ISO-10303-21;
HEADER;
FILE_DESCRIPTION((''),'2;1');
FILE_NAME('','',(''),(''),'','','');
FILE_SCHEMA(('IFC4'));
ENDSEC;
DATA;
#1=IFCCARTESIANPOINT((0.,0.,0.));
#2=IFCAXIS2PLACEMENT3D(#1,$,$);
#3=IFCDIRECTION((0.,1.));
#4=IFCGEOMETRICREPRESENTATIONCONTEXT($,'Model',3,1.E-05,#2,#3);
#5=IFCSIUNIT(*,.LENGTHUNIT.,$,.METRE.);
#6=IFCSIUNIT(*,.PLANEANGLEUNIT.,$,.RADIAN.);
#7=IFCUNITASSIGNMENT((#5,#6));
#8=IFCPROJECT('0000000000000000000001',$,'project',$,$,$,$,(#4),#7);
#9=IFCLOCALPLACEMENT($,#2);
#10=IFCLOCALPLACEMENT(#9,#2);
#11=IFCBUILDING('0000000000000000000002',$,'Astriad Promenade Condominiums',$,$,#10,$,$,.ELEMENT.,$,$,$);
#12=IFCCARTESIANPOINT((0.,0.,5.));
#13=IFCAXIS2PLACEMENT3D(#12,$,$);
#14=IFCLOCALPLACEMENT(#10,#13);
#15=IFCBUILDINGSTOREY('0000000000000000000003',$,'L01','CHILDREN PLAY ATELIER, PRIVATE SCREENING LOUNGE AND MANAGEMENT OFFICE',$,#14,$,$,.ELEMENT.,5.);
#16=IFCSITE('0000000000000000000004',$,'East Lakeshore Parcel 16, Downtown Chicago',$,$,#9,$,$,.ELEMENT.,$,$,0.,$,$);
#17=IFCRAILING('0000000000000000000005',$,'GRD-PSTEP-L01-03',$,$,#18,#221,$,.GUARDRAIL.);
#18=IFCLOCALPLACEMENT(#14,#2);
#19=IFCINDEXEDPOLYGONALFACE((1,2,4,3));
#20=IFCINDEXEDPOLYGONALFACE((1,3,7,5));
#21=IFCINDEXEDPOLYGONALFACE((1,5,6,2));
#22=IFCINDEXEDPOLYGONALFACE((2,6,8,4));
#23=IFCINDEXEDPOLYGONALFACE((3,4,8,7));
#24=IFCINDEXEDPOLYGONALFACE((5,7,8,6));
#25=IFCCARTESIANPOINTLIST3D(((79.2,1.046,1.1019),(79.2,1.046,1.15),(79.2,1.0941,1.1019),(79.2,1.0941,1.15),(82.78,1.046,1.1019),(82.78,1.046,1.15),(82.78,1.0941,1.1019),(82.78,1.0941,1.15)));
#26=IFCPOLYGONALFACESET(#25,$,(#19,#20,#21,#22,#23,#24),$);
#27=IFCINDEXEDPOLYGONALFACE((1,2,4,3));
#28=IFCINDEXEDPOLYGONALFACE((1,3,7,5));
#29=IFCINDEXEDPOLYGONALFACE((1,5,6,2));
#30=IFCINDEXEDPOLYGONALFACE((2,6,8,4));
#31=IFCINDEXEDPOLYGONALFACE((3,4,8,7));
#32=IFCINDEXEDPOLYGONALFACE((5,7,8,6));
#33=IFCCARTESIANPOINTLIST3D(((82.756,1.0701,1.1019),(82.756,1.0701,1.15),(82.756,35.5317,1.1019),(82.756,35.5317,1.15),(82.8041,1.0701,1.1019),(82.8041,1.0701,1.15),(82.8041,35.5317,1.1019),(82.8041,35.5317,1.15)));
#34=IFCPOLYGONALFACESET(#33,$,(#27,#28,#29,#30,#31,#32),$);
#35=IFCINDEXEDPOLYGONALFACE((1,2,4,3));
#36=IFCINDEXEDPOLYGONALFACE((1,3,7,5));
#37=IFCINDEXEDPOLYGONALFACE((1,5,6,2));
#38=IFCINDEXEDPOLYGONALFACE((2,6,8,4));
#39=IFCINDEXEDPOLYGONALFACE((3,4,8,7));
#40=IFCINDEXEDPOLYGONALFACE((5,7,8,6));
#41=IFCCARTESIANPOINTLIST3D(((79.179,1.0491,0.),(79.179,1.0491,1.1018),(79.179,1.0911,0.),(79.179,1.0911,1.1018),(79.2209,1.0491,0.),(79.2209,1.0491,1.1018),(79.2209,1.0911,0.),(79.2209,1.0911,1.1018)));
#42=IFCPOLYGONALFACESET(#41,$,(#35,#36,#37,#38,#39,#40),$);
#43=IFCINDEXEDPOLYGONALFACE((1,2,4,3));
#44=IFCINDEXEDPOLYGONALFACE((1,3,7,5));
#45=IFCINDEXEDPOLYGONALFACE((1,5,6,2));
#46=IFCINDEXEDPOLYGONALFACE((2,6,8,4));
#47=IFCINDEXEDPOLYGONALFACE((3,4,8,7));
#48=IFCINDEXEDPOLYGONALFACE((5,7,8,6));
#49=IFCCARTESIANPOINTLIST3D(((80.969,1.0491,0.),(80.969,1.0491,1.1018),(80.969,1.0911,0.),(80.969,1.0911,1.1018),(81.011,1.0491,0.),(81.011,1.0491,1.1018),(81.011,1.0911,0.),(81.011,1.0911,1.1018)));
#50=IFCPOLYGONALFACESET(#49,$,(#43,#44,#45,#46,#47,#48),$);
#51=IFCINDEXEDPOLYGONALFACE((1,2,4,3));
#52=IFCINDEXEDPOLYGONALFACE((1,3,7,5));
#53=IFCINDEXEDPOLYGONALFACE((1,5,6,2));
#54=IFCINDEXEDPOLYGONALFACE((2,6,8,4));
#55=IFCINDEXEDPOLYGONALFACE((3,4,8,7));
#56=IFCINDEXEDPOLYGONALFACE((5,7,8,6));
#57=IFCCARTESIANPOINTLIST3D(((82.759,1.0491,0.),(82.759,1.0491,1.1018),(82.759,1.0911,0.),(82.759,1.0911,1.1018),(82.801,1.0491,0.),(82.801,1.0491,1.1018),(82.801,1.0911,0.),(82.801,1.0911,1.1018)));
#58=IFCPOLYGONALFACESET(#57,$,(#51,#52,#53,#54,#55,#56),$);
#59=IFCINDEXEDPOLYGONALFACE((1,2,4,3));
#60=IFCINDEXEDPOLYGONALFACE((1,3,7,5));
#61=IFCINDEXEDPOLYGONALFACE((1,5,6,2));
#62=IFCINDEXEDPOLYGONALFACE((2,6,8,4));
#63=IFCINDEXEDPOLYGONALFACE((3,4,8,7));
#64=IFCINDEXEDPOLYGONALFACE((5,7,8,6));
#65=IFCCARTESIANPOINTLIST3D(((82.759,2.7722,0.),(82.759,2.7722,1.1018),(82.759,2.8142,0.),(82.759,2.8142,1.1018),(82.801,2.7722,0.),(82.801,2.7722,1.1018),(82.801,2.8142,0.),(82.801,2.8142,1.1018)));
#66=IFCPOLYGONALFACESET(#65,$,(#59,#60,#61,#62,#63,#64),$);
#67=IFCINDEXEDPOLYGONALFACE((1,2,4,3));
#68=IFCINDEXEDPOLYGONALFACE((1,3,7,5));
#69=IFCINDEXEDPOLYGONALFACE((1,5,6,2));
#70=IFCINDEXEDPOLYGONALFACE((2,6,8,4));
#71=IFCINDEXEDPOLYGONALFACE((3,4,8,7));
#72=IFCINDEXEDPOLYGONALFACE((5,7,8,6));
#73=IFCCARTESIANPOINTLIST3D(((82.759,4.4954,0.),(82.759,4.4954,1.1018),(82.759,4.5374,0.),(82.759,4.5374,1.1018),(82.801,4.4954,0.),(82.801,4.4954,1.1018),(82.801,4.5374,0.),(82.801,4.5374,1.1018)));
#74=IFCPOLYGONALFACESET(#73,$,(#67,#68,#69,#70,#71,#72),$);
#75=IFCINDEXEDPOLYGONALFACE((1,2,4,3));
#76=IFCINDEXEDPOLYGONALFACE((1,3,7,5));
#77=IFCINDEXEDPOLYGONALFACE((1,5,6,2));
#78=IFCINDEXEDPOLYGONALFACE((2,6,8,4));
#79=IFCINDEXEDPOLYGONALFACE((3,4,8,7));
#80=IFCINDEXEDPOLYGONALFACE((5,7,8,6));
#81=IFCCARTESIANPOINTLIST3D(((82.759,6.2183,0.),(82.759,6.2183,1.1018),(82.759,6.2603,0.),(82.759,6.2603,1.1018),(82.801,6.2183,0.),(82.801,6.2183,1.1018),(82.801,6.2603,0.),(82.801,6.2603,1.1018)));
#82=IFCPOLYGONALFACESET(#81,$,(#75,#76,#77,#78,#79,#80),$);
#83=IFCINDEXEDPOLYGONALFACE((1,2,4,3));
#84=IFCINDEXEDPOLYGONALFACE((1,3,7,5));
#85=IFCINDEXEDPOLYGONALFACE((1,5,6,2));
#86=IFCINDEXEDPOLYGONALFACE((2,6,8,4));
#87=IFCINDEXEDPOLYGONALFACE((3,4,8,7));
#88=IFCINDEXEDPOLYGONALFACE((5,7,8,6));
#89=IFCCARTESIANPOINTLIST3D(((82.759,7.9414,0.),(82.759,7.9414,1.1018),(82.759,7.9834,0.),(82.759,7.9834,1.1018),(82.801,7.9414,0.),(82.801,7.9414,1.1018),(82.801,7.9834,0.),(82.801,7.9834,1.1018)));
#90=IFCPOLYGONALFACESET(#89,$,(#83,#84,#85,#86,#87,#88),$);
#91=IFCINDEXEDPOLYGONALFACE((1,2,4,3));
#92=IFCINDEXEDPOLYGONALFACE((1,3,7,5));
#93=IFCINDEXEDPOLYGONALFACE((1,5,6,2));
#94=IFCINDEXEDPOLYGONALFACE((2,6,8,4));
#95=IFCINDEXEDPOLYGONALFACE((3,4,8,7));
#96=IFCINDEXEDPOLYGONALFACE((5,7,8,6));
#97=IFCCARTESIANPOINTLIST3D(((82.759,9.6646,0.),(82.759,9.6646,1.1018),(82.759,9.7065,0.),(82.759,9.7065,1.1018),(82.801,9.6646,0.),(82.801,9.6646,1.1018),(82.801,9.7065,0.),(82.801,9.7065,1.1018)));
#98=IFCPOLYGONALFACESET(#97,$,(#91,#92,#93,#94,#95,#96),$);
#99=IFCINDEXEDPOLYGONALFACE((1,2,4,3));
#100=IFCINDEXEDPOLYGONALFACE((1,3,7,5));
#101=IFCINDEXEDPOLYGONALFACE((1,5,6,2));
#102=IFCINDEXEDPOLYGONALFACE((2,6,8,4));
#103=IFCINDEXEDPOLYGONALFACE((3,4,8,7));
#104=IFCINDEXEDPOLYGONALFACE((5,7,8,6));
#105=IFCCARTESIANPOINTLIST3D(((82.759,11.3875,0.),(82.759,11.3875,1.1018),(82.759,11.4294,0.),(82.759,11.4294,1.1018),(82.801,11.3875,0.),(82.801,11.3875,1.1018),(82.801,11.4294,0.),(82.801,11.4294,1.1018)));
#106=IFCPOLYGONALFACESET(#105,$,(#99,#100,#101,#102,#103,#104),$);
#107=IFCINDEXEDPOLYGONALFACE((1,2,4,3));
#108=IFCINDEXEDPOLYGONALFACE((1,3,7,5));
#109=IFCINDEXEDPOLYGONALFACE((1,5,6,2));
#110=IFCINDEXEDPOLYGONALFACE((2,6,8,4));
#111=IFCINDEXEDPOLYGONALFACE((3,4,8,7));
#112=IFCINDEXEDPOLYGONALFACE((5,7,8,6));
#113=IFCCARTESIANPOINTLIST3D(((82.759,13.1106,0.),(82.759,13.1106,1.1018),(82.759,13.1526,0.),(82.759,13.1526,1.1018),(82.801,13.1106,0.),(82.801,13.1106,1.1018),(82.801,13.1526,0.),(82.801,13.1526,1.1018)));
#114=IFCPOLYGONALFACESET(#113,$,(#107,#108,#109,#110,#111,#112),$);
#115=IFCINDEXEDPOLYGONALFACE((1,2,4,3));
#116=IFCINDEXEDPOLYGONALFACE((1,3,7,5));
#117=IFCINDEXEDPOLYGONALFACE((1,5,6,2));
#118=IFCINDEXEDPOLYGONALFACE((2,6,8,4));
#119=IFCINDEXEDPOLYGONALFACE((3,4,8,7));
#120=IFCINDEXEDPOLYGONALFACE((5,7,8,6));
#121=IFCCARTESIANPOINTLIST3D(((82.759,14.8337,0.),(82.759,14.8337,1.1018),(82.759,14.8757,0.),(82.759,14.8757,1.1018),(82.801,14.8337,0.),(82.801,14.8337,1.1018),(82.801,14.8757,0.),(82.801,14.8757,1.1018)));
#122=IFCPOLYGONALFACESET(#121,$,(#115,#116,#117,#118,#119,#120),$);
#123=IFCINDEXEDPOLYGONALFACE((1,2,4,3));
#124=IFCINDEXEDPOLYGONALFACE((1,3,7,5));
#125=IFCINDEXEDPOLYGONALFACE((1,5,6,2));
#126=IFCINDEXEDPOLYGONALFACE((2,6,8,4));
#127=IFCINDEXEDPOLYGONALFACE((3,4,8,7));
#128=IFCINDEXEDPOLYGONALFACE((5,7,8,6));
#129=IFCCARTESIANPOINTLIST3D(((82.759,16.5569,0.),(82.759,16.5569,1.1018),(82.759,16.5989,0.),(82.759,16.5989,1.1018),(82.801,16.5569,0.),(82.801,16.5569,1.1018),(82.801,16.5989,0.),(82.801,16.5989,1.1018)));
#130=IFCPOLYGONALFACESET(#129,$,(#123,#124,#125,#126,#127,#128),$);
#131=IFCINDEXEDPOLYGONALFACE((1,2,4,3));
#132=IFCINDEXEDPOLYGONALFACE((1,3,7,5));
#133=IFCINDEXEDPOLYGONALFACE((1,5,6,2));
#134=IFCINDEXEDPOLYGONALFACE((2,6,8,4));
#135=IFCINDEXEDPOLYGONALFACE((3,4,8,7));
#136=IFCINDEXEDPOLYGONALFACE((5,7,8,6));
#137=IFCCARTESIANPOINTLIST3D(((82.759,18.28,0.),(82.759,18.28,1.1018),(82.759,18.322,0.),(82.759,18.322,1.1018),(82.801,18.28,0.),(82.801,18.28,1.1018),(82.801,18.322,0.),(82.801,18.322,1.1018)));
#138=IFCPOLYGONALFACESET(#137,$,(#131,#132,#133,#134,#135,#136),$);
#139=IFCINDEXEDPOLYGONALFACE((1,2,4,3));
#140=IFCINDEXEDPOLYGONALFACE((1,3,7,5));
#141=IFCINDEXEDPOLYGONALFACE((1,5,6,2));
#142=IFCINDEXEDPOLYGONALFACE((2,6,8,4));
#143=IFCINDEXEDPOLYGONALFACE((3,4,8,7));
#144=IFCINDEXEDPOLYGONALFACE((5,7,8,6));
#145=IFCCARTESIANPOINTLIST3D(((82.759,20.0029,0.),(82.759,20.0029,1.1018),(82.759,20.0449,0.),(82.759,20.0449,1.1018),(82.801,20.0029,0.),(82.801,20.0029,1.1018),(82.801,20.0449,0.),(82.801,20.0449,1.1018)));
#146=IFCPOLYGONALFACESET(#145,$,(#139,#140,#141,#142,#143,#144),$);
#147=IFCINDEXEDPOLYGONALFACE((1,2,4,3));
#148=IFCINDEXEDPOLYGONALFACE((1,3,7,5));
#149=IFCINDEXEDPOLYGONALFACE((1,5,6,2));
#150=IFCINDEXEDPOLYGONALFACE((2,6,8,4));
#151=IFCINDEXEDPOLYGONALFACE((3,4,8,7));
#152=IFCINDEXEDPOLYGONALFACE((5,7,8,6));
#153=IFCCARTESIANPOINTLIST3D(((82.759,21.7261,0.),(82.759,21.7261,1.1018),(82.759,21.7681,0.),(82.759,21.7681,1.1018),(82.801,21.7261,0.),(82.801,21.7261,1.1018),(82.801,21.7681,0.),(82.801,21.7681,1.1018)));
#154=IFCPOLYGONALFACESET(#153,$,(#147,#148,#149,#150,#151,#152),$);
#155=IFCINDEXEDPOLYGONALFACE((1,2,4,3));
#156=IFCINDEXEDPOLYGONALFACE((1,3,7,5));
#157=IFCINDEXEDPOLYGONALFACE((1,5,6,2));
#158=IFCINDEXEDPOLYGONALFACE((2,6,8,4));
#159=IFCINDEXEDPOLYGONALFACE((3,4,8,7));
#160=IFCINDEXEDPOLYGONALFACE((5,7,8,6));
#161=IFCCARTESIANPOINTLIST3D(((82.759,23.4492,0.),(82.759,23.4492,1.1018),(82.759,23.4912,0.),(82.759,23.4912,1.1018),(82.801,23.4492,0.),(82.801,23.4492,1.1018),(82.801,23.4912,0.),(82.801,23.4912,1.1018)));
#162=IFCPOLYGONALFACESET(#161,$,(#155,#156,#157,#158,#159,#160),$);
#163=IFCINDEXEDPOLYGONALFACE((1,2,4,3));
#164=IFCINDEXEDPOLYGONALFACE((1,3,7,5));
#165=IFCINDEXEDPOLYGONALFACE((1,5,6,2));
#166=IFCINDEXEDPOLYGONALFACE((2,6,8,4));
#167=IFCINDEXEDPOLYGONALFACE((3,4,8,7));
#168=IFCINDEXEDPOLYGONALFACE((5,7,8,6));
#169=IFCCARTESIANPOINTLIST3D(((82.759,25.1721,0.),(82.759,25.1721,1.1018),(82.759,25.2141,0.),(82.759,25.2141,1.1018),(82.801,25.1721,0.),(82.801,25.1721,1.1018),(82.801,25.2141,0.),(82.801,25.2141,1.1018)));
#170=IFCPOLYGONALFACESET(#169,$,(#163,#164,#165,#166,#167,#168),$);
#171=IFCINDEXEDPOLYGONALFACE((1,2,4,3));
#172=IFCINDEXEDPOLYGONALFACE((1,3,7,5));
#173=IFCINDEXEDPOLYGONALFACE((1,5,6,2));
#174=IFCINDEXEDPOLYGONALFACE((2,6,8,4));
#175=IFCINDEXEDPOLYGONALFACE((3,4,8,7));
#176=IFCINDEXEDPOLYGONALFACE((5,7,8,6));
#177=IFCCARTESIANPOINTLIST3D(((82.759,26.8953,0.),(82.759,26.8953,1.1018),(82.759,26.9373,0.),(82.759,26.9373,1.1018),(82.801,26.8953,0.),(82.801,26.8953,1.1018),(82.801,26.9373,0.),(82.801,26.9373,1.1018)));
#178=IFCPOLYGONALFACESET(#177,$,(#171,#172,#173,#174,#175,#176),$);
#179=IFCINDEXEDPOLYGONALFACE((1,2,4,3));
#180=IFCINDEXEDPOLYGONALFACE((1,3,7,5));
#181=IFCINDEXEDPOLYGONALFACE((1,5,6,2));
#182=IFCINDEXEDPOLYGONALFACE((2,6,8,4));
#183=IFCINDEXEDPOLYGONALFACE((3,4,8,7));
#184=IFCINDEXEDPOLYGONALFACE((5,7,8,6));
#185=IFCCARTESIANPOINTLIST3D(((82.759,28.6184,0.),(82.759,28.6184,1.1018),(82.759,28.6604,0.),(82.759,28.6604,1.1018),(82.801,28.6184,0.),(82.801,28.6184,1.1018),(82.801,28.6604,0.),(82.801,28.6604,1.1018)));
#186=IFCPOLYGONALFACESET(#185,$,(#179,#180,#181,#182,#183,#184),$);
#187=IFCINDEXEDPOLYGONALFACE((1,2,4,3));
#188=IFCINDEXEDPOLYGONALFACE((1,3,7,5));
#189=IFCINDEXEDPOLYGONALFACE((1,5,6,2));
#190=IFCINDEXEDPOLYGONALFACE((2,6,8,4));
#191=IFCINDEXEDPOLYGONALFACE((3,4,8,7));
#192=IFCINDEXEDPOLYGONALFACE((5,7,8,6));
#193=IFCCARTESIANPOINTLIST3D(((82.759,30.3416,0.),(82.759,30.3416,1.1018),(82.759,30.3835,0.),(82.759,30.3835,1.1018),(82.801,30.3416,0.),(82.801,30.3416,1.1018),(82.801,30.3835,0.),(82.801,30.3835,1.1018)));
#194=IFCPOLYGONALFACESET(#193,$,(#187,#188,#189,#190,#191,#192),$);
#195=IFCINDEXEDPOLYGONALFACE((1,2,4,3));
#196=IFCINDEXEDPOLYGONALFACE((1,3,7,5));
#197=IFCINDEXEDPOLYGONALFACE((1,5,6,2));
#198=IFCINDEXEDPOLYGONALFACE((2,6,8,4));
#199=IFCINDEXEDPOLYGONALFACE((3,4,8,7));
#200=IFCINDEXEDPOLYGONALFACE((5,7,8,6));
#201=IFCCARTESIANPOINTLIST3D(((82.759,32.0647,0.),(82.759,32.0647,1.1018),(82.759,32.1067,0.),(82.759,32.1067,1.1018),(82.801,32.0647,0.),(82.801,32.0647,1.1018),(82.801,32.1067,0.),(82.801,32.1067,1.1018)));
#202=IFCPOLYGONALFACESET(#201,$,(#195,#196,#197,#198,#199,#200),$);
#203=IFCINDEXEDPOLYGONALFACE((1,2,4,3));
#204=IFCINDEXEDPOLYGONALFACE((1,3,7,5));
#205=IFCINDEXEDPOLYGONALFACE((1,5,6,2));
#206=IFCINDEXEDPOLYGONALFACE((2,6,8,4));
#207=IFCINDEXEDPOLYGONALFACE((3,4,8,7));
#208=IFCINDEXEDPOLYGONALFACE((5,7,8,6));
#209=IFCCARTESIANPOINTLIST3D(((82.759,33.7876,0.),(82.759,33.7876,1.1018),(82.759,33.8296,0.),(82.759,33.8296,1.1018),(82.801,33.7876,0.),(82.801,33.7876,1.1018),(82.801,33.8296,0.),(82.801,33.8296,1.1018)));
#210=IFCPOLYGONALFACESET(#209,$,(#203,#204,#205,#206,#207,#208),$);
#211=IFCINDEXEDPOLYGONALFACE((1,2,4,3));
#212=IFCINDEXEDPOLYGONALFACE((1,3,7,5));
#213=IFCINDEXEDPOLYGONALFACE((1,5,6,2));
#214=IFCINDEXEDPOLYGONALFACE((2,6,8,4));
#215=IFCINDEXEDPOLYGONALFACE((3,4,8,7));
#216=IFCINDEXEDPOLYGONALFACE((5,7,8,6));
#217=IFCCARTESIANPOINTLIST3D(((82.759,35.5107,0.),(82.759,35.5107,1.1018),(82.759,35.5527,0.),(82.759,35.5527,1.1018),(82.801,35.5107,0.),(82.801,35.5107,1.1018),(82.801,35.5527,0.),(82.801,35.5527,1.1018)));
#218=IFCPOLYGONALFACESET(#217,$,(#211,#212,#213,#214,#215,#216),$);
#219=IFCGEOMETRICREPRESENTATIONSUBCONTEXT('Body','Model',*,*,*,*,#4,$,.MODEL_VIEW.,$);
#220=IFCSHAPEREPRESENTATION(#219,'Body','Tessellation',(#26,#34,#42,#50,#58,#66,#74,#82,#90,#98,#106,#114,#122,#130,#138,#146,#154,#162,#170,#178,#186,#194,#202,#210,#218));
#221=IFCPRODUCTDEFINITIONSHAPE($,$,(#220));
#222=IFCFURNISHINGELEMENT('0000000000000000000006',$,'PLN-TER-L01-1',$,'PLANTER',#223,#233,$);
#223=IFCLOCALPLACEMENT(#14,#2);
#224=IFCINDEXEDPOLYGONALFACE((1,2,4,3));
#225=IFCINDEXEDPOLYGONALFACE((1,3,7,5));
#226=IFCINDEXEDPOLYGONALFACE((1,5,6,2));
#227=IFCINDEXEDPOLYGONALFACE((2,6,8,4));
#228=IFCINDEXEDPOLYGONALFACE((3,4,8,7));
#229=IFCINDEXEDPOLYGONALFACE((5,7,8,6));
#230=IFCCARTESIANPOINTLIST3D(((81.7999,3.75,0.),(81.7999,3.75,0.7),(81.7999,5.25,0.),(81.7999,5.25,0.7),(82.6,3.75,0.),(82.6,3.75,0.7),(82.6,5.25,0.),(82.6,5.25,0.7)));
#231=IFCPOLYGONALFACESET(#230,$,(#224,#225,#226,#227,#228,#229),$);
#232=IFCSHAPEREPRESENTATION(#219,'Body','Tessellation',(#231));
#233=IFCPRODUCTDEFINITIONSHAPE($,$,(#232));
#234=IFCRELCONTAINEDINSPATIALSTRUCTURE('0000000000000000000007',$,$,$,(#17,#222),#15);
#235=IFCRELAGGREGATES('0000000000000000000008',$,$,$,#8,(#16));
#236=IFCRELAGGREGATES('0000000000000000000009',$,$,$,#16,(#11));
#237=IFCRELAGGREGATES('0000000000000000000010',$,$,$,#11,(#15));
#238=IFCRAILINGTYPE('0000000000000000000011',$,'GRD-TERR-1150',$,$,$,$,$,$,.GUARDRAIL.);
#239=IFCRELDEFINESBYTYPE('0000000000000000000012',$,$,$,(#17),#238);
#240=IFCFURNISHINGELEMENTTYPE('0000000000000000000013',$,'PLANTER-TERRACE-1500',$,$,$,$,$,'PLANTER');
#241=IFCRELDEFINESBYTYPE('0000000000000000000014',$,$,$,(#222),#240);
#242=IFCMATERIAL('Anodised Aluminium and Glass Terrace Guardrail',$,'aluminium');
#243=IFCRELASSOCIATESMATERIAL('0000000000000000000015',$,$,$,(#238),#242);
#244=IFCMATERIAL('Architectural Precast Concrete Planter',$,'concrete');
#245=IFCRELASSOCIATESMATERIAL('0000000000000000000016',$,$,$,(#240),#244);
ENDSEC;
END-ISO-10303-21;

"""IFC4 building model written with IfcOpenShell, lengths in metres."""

from ifc_helpers import new_model, si_unit, direction, frame, origin, origin_2d, place, context, subcontext, project, spatial, rectangle, extrude, source, transform, mapped, material, type_object, type_shapes, element, save


model = new_model("IFC4")

# Units and contexts
model_context = context("Model", 3, precision=1e-05, world=origin(), true_north=direction((0.0, 1.0)))
body_context = subcontext(model_context, "Body", "Model", "MODEL_VIEW")
ifc_project = project(units=[si_unit("LENGTHUNIT", "METRE"), si_unit("PLANEANGLEUNIT", "RADIAN")], contexts=[model_context])

# Site, building, storey
site_placement = place(None, origin())
site = spatial("IfcSite", under=ifc_project, at=site_placement, Name="East Lakeshore Parcel 16, Downtown Chicago", CompositionType="ELEMENT", RefElevation=0.0)
building_placement = place(site_placement, origin())
building = spatial("IfcBuilding", under=site, at=building_placement, Name="Astriad Promenade Condominiums", CompositionType="ELEMENT")
storey_placement = place(building_placement, frame((0.0, 0.0, 5.0)))
storey = spatial("IfcBuildingStorey", under=building, at=storey_placement, Name="L01", Description="CHILDREN PLAY ATELIER, PRIVATE SCREENING LOUNGE AND MANAGEMENT OFFICE", CompositionType="ELEMENT", Elevation=5.0)

# Railing
ifc_material_1 = material(Name="Anodised Aluminium and Glass Terrace Guardrail", Category="aluminium")
railing_type = type_object("IfcRailingType", Name="GRD-TERR-1150", PredefinedType="GUARDRAIL", material=ifc_material_1)
shared_shape_1 = source(origin(), body_context, "Body", "SweptSolid", [
    extrude(rectangle(XDim=0.0481, YDim=0.0481, at=origin_2d()), frame((0.0, 0.0, 1.126), z_axis=(1.0, 0.0, 0.0), x_axis=(0.0, 1.0, 0.0)), (0.0, 0.0, 1.0), 3.5801),
    extrude(rectangle(XDim=0.0481, YDim=0.0481, at=origin_2d()), frame((3.5801, 0.0, 1.126), z_axis=(0.0, 1.0, 0.0), x_axis=(-1.0, 0.0, 0.0)), (0.0, 0.0, 1.0), 34.4617),
    extrude(rectangle(XDim=0.042, YDim=0.042, at=origin_2d()), origin(), (0.0, 0.0, 1.0), 1.1018),
    extrude(rectangle(XDim=0.042, YDim=0.042, at=origin_2d()), frame((1.79, 0.0, 0.0)), (0.0, 0.0, 1.0), 1.1018),
    extrude(rectangle(XDim=0.042, YDim=0.042, at=origin_2d()), frame((3.5801, 0.0, 0.0)), (0.0, 0.0, 1.0), 1.1018),
    extrude(rectangle(XDim=0.042, YDim=0.042, at=origin_2d()), frame((3.5801, 1.7231, 0.0)), (0.0, 0.0, 1.0), 1.1018),
    extrude(rectangle(XDim=0.042, YDim=0.042, at=origin_2d()), frame((3.5801, 3.4463, 0.0)), (0.0, 0.0, 1.0), 1.1018),
    extrude(rectangle(XDim=0.042, YDim=0.042, at=origin_2d()), frame((3.5801, 5.1692, 0.0)), (0.0, 0.0, 1.0), 1.1018),
    extrude(rectangle(XDim=0.042, YDim=0.042, at=origin_2d()), frame((3.5801, 6.8923, 0.0)), (0.0, 0.0, 1.0), 1.1018),
    extrude(rectangle(XDim=0.042, YDim=0.042, at=origin_2d()), frame((3.5801, 8.6155, 0.0)), (0.0, 0.0, 1.0), 1.1018),
    extrude(rectangle(XDim=0.042, YDim=0.042, at=origin_2d()), frame((3.5801, 10.3384, 0.0)), (0.0, 0.0, 1.0), 1.1018),
    extrude(rectangle(XDim=0.042, YDim=0.042, at=origin_2d()), frame((3.5801, 12.0615, 0.0)), (0.0, 0.0, 1.0), 1.1018),
    extrude(rectangle(XDim=0.042, YDim=0.042, at=origin_2d()), frame((3.5801, 13.7847, 0.0)), (0.0, 0.0, 1.0), 1.1018),
    extrude(rectangle(XDim=0.042, YDim=0.042, at=origin_2d()), frame((3.5801, 15.5078, 0.0)), (0.0, 0.0, 1.0), 1.1018),
    extrude(rectangle(XDim=0.042, YDim=0.042, at=origin_2d()), frame((3.5801, 17.231, 0.0)), (0.0, 0.0, 1.0), 1.1018),
    extrude(rectangle(XDim=0.042, YDim=0.042, at=origin_2d()), frame((3.5801, 18.9539, 0.0)), (0.0, 0.0, 1.0), 1.1018),
    extrude(rectangle(XDim=0.042, YDim=0.042, at=origin_2d()), frame((3.5801, 20.677, 0.0)), (0.0, 0.0, 1.0), 1.1018),
    extrude(rectangle(XDim=0.042, YDim=0.042, at=origin_2d()), frame((3.5801, 22.4001, 0.0)), (0.0, 0.0, 1.0), 1.1018),
    extrude(rectangle(XDim=0.042, YDim=0.042, at=origin_2d()), frame((3.5801, 24.123, 0.0)), (0.0, 0.0, 1.0), 1.1018),
    extrude(rectangle(XDim=0.042, YDim=0.042, at=origin_2d()), frame((3.5801, 25.8462, 0.0)), (0.0, 0.0, 1.0), 1.1018),
    extrude(rectangle(XDim=0.042, YDim=0.042, at=origin_2d()), frame((3.5801, 27.5693, 0.0)), (0.0, 0.0, 1.0), 1.1018),
    extrude(rectangle(XDim=0.042, YDim=0.042, at=origin_2d()), frame((3.5801, 29.2925, 0.0)), (0.0, 0.0, 1.0), 1.1018),
    extrude(rectangle(XDim=0.042, YDim=0.042, at=origin_2d()), frame((3.5801, 31.0156, 0.0)), (0.0, 0.0, 1.0), 1.1018),
    extrude(rectangle(XDim=0.042, YDim=0.042, at=origin_2d()), frame((3.5801, 32.7385, 0.0)), (0.0, 0.0, 1.0), 1.1018),
    extrude(rectangle(XDim=0.042, YDim=0.042, at=origin_2d()), frame((3.5801, 34.4617, 0.0)), (0.0, 0.0, 1.0), 1.1018),
])
railing_1_placement = place(storey_placement, frame((79.2, 1.0701, 0.0)))
element("IfcRailing", 1, at=railing_1_placement, inside=storey, type_object=railing_type, Name="GRD-PSTEP-L01-03", PredefinedType="GUARDRAIL", context=body_context, shape_type="MappedRepresentation", body=[
    mapped(shared_shape_1, transform((0.0, 0.0, 0.0), scale=1.0)),
])

# Furnishing element
ifc_material_2 = material(Name="Architectural Precast Concrete Planter", Category="concrete")
furnishing_element_type = type_object("IfcFurnishingElementType", Name="PLANTER-TERRACE-1500", ElementType="PLANTER", material=ifc_material_2)
shared_shape_2 = source(origin(), body_context, "Body", "SweptSolid", [
    extrude(rectangle(XDim=0.8, YDim=1.5, at=origin_2d()), origin(), (0.0, 0.0, 1.0), 0.7),
])
type_shapes(furnishing_element_type, [shared_shape_2])
furnishing_placement = place(storey_placement, frame((82.2, 4.5, 0.0), z_axis=(0.0, 0.0, 1.0), x_axis=(1.0, 0.0, 0.0)))
element("IfcFurnishingElement", 2, at=furnishing_placement, inside=storey, type_object=furnishing_element_type, Name="PLN-TER-L01-1", ObjectType="PLANTER", context=body_context, shape_type="MappedRepresentation", body=[
    mapped(shared_shape_2, transform((0.0, 0.0, 0.0), scale=1.0)),
])

save(model, "model.ifc")
